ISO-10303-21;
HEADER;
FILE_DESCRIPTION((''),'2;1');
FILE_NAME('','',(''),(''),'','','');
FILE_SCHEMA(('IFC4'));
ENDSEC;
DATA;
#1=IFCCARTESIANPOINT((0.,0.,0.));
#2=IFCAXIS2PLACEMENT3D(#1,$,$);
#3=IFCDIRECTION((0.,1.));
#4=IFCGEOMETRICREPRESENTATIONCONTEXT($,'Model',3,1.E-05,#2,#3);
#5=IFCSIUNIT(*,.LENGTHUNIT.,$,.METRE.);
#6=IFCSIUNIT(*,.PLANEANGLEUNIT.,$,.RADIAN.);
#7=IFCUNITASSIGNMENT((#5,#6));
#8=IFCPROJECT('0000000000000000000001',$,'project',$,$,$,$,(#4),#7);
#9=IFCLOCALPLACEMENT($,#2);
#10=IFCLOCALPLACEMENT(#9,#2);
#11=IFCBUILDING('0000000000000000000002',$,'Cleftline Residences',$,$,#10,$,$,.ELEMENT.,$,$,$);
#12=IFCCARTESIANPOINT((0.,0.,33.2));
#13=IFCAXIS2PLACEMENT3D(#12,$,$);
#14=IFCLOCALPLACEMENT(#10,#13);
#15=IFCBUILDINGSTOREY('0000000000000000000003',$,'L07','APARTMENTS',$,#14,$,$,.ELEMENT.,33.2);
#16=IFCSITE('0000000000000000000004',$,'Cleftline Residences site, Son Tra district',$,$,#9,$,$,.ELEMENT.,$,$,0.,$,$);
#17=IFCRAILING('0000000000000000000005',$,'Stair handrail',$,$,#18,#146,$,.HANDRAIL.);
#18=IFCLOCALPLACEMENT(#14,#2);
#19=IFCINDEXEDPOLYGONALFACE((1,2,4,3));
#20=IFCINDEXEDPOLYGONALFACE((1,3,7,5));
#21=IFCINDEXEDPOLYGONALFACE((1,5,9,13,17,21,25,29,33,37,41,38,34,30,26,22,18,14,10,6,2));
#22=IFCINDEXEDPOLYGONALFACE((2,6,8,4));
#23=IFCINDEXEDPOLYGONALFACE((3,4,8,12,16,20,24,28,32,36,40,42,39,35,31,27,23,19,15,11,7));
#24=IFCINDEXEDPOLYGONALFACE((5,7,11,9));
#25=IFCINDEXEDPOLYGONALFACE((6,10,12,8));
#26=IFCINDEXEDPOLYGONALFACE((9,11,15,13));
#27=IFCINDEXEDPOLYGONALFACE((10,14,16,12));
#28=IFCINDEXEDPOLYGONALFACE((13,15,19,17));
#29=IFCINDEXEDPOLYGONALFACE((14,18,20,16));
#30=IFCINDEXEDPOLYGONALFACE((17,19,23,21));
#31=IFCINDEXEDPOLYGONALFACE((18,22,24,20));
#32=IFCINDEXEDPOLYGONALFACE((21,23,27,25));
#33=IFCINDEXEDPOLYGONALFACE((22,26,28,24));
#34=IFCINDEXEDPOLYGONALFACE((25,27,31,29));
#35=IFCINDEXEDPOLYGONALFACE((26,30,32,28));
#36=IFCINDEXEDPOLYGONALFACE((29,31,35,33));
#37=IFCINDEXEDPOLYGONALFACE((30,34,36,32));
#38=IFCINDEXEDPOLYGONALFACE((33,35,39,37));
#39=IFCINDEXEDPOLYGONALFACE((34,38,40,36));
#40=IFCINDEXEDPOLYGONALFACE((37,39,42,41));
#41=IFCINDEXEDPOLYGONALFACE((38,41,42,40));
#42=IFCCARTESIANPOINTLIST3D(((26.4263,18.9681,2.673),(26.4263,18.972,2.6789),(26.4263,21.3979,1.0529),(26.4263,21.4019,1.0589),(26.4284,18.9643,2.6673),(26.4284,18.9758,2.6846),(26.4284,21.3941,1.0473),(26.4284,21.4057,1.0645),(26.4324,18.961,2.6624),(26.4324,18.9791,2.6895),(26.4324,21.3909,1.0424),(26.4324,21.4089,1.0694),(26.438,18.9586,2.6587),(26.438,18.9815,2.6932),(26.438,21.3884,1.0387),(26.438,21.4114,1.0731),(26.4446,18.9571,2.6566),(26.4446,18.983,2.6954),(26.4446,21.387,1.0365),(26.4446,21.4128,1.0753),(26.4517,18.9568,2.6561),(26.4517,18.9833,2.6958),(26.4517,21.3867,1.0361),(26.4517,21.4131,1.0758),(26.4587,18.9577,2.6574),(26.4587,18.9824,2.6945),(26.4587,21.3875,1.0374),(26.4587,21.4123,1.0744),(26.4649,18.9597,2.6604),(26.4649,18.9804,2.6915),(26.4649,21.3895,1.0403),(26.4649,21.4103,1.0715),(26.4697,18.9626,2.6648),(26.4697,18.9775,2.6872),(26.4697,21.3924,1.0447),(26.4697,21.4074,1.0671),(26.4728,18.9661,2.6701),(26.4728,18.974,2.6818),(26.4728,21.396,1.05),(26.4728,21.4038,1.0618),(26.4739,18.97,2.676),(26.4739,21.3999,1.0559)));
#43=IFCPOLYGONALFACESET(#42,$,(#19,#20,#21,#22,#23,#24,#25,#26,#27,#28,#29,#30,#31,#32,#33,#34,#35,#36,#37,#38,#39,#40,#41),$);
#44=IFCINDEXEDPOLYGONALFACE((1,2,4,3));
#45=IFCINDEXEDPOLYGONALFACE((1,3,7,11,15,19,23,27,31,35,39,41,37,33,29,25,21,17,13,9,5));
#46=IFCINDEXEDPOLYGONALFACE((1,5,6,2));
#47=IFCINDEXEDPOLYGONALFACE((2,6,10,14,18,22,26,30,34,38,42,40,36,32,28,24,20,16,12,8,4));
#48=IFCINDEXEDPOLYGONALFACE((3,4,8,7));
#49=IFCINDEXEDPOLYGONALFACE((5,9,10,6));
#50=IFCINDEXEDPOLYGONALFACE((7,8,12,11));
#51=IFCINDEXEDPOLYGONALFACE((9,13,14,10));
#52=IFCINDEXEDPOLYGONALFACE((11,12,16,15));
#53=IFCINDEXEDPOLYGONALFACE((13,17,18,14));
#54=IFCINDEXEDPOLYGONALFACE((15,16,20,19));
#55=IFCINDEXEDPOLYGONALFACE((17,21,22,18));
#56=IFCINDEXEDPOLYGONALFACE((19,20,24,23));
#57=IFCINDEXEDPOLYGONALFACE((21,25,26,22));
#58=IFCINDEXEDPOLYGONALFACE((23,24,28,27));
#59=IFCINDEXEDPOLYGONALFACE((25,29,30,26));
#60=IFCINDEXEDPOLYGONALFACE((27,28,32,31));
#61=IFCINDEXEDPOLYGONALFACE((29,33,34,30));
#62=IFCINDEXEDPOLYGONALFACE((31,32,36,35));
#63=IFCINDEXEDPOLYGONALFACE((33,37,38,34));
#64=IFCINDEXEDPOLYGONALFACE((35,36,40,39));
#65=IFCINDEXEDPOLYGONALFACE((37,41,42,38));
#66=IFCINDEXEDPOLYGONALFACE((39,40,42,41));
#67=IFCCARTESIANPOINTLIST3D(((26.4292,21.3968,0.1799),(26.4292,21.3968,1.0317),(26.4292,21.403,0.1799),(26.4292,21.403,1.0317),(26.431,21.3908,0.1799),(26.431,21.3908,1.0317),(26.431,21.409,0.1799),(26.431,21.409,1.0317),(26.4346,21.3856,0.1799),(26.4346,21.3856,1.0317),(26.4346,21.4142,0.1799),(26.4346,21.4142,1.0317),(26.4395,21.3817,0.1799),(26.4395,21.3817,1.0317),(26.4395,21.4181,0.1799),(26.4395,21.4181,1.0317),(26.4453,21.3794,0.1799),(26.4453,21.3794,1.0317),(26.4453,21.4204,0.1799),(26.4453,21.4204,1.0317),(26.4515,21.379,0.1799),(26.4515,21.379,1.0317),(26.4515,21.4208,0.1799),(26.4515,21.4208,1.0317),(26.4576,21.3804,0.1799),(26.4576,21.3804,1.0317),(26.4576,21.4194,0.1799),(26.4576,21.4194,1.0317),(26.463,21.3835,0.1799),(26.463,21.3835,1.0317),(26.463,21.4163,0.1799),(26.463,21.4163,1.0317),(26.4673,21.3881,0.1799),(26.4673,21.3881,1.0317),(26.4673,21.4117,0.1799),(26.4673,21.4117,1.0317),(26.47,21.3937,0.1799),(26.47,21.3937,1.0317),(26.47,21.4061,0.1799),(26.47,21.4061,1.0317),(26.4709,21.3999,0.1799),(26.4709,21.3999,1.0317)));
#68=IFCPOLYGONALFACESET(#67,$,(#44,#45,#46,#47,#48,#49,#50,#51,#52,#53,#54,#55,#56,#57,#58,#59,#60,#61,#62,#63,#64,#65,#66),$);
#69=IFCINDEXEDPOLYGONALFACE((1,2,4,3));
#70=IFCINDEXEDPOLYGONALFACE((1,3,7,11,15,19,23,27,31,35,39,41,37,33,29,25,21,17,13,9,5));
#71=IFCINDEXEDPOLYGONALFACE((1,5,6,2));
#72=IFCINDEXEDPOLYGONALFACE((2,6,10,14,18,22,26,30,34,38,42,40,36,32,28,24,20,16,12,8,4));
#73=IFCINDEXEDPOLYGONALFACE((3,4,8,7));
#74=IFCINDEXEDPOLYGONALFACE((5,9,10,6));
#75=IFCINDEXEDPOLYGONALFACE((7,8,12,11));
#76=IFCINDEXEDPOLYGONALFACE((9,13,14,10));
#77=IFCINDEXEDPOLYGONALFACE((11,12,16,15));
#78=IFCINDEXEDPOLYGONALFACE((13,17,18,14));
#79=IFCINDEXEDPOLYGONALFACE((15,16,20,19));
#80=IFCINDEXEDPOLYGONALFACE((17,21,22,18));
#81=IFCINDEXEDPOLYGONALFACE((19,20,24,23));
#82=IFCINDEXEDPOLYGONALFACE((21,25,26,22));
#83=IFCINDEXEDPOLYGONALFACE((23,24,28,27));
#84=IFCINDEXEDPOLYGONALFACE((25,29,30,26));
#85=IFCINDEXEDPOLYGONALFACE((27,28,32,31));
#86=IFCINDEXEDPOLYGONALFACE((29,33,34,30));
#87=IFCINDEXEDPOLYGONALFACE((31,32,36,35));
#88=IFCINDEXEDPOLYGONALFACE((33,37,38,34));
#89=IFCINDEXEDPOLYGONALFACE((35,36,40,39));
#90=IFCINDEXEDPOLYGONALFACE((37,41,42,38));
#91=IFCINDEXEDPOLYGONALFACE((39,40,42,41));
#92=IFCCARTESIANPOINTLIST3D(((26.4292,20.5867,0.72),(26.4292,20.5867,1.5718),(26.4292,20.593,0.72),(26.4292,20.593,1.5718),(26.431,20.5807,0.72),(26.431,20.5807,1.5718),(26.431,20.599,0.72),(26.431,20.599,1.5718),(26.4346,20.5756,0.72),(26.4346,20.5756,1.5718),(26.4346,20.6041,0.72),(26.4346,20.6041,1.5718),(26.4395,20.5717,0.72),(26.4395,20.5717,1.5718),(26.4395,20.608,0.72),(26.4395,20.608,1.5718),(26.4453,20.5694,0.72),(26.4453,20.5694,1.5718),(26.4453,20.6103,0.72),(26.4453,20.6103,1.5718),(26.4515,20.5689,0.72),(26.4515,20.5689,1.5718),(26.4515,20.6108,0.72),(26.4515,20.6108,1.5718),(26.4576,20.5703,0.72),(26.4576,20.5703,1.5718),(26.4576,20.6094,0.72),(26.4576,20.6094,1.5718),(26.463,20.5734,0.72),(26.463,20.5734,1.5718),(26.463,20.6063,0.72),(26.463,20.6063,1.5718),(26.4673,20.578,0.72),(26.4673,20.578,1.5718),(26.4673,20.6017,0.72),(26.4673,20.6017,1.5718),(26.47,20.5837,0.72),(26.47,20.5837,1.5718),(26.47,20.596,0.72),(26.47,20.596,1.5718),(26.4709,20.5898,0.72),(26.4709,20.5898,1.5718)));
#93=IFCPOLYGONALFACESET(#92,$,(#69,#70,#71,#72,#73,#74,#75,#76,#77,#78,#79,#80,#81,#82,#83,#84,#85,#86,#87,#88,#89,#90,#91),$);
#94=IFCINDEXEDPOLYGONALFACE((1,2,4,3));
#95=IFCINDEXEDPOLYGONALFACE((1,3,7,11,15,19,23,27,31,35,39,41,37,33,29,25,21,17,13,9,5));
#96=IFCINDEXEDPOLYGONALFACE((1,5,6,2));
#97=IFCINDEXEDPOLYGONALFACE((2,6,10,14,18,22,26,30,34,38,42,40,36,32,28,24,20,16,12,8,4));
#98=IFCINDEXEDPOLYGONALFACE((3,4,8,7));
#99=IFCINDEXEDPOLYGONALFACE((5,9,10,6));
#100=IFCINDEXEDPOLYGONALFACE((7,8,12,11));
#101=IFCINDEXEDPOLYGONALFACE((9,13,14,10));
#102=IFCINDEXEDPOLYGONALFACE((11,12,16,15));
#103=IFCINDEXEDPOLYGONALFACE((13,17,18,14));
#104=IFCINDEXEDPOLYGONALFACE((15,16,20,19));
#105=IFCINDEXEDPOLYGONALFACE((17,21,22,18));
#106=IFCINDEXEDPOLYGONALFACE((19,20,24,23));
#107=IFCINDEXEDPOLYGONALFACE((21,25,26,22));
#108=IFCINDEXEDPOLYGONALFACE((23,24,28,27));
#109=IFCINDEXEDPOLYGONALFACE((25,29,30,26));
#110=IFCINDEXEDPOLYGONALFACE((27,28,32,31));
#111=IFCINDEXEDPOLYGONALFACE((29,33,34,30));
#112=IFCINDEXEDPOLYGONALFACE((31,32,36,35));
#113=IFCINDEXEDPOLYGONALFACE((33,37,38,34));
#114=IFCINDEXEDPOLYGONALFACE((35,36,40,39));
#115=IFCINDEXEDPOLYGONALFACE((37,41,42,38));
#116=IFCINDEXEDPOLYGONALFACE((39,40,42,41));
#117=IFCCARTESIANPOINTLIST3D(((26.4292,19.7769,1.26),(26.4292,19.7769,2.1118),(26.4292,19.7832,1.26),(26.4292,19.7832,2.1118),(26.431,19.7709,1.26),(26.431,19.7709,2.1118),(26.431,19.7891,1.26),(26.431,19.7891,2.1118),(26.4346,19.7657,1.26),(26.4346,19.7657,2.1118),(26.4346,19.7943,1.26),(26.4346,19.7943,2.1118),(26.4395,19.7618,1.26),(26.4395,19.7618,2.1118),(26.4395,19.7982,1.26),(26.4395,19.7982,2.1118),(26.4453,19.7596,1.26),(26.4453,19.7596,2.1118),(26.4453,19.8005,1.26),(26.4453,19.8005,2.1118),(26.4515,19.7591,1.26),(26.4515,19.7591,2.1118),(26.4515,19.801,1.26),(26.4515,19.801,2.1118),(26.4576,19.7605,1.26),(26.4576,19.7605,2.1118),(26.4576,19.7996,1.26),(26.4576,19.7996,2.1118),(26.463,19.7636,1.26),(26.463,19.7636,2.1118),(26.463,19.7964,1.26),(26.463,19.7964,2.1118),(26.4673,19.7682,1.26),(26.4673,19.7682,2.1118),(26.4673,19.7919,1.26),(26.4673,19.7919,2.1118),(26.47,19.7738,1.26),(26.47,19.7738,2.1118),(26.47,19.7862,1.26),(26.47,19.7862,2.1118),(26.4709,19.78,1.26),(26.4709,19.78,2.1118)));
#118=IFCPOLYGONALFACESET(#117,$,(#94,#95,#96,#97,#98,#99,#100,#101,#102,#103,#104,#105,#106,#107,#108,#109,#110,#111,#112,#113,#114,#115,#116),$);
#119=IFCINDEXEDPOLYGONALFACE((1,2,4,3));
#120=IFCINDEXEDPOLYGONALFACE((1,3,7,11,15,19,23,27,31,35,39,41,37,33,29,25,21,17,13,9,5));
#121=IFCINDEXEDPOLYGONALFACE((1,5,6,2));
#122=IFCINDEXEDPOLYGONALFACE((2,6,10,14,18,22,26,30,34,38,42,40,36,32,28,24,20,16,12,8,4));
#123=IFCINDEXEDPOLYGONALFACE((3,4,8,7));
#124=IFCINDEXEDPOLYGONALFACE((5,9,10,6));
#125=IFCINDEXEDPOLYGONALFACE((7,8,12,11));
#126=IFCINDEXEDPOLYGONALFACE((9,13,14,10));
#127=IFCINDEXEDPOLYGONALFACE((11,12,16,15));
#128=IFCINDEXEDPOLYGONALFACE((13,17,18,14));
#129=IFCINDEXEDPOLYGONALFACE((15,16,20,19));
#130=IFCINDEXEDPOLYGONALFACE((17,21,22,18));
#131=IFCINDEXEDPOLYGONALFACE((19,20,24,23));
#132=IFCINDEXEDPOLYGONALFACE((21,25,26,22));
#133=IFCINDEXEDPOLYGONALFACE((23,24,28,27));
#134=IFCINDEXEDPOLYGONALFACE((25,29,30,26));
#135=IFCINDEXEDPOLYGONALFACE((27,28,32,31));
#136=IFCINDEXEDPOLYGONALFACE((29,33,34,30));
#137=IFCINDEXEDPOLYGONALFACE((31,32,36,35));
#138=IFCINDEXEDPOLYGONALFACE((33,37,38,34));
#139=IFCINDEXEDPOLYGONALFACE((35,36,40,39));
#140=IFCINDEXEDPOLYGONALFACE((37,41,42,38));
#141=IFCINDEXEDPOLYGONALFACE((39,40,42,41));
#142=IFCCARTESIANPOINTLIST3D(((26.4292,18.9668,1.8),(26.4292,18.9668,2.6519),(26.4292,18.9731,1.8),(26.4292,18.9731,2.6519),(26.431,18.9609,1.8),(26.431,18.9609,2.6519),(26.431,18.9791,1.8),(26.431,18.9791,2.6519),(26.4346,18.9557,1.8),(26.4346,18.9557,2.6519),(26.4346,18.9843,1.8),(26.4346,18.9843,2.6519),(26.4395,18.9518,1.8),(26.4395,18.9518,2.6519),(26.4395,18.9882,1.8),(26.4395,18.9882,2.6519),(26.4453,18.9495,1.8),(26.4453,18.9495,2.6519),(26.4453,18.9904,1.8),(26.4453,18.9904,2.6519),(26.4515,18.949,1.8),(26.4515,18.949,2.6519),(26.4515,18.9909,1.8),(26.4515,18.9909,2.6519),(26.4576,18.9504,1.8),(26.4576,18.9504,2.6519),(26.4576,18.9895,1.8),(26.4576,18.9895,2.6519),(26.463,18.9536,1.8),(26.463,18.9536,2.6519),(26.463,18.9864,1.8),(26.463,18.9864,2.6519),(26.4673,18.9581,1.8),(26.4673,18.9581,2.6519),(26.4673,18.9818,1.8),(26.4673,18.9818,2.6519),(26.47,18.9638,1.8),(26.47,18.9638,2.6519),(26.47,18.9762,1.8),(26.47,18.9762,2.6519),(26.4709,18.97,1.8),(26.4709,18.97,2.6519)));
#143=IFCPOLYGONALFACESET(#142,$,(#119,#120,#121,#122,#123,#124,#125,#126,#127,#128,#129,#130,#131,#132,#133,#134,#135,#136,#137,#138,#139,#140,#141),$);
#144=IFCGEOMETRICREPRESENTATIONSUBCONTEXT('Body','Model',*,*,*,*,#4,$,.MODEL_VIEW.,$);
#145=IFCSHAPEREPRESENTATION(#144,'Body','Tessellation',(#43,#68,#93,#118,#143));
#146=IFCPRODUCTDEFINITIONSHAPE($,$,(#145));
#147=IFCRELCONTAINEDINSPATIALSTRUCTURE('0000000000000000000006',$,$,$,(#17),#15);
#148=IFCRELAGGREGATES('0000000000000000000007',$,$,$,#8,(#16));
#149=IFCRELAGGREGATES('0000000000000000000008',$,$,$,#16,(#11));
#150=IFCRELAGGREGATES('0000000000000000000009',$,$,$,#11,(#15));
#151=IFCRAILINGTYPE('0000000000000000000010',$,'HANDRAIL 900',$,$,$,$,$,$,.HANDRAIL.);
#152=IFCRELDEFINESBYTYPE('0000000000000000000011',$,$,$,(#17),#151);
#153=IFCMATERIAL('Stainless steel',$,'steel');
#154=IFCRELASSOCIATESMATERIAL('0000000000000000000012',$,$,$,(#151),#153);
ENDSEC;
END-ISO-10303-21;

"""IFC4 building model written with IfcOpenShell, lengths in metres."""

from ifc_helpers import new_model, si_unit, direction, frame, origin, origin_2d, place, context, subcontext, project, spatial, circle, extrude, material, type_object, element, save


model = new_model("IFC4")

# Units and contexts
model_context = context("Model", 3, precision=1e-05, world=origin(), true_north=direction((0.0, 1.0)))
body_context = subcontext(model_context, "Body", "Model", "MODEL_VIEW")
ifc_project = project(units=[si_unit("LENGTHUNIT", "METRE"), si_unit("PLANEANGLEUNIT", "RADIAN")], contexts=[model_context])

# Site, building, storey
site_placement = place(None, origin())
site = spatial("IfcSite", under=ifc_project, at=site_placement, Name="Cleftline Residences site, Son Tra district", CompositionType="ELEMENT", RefElevation=0.0)
building_placement = place(site_placement, origin())
building = spatial("IfcBuilding", under=site, at=building_placement, Name="Cleftline Residences", CompositionType="ELEMENT")
storey_placement = place(building_placement, frame((0.0, 0.0, 33.2)))
storey = spatial("IfcBuildingStorey", under=building, at=storey_placement, Name="L07", Description="APARTMENTS", CompositionType="ELEMENT", Elevation=33.2)

# Railing
ifc_material_1 = material(Name="Stainless steel", Category="steel")
railing_type = type_object("IfcRailingType", Name="HANDRAIL 900", PredefinedType="HANDRAIL", material=ifc_material_1)
railing_1_placement = place(storey_placement, frame((26.45, 21.3999, 0.1799)))
element("IfcRailing", 1, at=railing_1_placement, inside=storey, type_object=railing_type, Name="Stair handrail", PredefinedType="HANDRAIL", context=body_context, shape_type="SweptSolid", body=[
    extrude(circle(Radius=0.0239, at=origin_2d()), frame((0.0, 0.0, 0.876), z_axis=(0.0, -0.832025, 0.554739), x_axis=(1.0, 0.0, 0.0)), (0.0, 0.0, 1.0), 2.9204),
    extrude(circle(Radius=0.021, at=origin_2d()), origin(), (0.0, 0.0, 1.0), 0.8518),
    extrude(circle(Radius=0.021, at=origin_2d()), frame((0.0, -0.8101, 0.54)), (0.0, 0.0, 1.0), 0.8518),
    extrude(circle(Radius=0.021, at=origin_2d()), frame((0.0, -1.6199, 1.0801)), (0.0, 0.0, 1.0), 0.8518),
    extrude(circle(Radius=0.021, at=origin_2d()), frame((0.0, -2.4299, 1.6201)), (0.0, 0.0, 1.0), 0.8518),
])

save(model, "model.ifc")
